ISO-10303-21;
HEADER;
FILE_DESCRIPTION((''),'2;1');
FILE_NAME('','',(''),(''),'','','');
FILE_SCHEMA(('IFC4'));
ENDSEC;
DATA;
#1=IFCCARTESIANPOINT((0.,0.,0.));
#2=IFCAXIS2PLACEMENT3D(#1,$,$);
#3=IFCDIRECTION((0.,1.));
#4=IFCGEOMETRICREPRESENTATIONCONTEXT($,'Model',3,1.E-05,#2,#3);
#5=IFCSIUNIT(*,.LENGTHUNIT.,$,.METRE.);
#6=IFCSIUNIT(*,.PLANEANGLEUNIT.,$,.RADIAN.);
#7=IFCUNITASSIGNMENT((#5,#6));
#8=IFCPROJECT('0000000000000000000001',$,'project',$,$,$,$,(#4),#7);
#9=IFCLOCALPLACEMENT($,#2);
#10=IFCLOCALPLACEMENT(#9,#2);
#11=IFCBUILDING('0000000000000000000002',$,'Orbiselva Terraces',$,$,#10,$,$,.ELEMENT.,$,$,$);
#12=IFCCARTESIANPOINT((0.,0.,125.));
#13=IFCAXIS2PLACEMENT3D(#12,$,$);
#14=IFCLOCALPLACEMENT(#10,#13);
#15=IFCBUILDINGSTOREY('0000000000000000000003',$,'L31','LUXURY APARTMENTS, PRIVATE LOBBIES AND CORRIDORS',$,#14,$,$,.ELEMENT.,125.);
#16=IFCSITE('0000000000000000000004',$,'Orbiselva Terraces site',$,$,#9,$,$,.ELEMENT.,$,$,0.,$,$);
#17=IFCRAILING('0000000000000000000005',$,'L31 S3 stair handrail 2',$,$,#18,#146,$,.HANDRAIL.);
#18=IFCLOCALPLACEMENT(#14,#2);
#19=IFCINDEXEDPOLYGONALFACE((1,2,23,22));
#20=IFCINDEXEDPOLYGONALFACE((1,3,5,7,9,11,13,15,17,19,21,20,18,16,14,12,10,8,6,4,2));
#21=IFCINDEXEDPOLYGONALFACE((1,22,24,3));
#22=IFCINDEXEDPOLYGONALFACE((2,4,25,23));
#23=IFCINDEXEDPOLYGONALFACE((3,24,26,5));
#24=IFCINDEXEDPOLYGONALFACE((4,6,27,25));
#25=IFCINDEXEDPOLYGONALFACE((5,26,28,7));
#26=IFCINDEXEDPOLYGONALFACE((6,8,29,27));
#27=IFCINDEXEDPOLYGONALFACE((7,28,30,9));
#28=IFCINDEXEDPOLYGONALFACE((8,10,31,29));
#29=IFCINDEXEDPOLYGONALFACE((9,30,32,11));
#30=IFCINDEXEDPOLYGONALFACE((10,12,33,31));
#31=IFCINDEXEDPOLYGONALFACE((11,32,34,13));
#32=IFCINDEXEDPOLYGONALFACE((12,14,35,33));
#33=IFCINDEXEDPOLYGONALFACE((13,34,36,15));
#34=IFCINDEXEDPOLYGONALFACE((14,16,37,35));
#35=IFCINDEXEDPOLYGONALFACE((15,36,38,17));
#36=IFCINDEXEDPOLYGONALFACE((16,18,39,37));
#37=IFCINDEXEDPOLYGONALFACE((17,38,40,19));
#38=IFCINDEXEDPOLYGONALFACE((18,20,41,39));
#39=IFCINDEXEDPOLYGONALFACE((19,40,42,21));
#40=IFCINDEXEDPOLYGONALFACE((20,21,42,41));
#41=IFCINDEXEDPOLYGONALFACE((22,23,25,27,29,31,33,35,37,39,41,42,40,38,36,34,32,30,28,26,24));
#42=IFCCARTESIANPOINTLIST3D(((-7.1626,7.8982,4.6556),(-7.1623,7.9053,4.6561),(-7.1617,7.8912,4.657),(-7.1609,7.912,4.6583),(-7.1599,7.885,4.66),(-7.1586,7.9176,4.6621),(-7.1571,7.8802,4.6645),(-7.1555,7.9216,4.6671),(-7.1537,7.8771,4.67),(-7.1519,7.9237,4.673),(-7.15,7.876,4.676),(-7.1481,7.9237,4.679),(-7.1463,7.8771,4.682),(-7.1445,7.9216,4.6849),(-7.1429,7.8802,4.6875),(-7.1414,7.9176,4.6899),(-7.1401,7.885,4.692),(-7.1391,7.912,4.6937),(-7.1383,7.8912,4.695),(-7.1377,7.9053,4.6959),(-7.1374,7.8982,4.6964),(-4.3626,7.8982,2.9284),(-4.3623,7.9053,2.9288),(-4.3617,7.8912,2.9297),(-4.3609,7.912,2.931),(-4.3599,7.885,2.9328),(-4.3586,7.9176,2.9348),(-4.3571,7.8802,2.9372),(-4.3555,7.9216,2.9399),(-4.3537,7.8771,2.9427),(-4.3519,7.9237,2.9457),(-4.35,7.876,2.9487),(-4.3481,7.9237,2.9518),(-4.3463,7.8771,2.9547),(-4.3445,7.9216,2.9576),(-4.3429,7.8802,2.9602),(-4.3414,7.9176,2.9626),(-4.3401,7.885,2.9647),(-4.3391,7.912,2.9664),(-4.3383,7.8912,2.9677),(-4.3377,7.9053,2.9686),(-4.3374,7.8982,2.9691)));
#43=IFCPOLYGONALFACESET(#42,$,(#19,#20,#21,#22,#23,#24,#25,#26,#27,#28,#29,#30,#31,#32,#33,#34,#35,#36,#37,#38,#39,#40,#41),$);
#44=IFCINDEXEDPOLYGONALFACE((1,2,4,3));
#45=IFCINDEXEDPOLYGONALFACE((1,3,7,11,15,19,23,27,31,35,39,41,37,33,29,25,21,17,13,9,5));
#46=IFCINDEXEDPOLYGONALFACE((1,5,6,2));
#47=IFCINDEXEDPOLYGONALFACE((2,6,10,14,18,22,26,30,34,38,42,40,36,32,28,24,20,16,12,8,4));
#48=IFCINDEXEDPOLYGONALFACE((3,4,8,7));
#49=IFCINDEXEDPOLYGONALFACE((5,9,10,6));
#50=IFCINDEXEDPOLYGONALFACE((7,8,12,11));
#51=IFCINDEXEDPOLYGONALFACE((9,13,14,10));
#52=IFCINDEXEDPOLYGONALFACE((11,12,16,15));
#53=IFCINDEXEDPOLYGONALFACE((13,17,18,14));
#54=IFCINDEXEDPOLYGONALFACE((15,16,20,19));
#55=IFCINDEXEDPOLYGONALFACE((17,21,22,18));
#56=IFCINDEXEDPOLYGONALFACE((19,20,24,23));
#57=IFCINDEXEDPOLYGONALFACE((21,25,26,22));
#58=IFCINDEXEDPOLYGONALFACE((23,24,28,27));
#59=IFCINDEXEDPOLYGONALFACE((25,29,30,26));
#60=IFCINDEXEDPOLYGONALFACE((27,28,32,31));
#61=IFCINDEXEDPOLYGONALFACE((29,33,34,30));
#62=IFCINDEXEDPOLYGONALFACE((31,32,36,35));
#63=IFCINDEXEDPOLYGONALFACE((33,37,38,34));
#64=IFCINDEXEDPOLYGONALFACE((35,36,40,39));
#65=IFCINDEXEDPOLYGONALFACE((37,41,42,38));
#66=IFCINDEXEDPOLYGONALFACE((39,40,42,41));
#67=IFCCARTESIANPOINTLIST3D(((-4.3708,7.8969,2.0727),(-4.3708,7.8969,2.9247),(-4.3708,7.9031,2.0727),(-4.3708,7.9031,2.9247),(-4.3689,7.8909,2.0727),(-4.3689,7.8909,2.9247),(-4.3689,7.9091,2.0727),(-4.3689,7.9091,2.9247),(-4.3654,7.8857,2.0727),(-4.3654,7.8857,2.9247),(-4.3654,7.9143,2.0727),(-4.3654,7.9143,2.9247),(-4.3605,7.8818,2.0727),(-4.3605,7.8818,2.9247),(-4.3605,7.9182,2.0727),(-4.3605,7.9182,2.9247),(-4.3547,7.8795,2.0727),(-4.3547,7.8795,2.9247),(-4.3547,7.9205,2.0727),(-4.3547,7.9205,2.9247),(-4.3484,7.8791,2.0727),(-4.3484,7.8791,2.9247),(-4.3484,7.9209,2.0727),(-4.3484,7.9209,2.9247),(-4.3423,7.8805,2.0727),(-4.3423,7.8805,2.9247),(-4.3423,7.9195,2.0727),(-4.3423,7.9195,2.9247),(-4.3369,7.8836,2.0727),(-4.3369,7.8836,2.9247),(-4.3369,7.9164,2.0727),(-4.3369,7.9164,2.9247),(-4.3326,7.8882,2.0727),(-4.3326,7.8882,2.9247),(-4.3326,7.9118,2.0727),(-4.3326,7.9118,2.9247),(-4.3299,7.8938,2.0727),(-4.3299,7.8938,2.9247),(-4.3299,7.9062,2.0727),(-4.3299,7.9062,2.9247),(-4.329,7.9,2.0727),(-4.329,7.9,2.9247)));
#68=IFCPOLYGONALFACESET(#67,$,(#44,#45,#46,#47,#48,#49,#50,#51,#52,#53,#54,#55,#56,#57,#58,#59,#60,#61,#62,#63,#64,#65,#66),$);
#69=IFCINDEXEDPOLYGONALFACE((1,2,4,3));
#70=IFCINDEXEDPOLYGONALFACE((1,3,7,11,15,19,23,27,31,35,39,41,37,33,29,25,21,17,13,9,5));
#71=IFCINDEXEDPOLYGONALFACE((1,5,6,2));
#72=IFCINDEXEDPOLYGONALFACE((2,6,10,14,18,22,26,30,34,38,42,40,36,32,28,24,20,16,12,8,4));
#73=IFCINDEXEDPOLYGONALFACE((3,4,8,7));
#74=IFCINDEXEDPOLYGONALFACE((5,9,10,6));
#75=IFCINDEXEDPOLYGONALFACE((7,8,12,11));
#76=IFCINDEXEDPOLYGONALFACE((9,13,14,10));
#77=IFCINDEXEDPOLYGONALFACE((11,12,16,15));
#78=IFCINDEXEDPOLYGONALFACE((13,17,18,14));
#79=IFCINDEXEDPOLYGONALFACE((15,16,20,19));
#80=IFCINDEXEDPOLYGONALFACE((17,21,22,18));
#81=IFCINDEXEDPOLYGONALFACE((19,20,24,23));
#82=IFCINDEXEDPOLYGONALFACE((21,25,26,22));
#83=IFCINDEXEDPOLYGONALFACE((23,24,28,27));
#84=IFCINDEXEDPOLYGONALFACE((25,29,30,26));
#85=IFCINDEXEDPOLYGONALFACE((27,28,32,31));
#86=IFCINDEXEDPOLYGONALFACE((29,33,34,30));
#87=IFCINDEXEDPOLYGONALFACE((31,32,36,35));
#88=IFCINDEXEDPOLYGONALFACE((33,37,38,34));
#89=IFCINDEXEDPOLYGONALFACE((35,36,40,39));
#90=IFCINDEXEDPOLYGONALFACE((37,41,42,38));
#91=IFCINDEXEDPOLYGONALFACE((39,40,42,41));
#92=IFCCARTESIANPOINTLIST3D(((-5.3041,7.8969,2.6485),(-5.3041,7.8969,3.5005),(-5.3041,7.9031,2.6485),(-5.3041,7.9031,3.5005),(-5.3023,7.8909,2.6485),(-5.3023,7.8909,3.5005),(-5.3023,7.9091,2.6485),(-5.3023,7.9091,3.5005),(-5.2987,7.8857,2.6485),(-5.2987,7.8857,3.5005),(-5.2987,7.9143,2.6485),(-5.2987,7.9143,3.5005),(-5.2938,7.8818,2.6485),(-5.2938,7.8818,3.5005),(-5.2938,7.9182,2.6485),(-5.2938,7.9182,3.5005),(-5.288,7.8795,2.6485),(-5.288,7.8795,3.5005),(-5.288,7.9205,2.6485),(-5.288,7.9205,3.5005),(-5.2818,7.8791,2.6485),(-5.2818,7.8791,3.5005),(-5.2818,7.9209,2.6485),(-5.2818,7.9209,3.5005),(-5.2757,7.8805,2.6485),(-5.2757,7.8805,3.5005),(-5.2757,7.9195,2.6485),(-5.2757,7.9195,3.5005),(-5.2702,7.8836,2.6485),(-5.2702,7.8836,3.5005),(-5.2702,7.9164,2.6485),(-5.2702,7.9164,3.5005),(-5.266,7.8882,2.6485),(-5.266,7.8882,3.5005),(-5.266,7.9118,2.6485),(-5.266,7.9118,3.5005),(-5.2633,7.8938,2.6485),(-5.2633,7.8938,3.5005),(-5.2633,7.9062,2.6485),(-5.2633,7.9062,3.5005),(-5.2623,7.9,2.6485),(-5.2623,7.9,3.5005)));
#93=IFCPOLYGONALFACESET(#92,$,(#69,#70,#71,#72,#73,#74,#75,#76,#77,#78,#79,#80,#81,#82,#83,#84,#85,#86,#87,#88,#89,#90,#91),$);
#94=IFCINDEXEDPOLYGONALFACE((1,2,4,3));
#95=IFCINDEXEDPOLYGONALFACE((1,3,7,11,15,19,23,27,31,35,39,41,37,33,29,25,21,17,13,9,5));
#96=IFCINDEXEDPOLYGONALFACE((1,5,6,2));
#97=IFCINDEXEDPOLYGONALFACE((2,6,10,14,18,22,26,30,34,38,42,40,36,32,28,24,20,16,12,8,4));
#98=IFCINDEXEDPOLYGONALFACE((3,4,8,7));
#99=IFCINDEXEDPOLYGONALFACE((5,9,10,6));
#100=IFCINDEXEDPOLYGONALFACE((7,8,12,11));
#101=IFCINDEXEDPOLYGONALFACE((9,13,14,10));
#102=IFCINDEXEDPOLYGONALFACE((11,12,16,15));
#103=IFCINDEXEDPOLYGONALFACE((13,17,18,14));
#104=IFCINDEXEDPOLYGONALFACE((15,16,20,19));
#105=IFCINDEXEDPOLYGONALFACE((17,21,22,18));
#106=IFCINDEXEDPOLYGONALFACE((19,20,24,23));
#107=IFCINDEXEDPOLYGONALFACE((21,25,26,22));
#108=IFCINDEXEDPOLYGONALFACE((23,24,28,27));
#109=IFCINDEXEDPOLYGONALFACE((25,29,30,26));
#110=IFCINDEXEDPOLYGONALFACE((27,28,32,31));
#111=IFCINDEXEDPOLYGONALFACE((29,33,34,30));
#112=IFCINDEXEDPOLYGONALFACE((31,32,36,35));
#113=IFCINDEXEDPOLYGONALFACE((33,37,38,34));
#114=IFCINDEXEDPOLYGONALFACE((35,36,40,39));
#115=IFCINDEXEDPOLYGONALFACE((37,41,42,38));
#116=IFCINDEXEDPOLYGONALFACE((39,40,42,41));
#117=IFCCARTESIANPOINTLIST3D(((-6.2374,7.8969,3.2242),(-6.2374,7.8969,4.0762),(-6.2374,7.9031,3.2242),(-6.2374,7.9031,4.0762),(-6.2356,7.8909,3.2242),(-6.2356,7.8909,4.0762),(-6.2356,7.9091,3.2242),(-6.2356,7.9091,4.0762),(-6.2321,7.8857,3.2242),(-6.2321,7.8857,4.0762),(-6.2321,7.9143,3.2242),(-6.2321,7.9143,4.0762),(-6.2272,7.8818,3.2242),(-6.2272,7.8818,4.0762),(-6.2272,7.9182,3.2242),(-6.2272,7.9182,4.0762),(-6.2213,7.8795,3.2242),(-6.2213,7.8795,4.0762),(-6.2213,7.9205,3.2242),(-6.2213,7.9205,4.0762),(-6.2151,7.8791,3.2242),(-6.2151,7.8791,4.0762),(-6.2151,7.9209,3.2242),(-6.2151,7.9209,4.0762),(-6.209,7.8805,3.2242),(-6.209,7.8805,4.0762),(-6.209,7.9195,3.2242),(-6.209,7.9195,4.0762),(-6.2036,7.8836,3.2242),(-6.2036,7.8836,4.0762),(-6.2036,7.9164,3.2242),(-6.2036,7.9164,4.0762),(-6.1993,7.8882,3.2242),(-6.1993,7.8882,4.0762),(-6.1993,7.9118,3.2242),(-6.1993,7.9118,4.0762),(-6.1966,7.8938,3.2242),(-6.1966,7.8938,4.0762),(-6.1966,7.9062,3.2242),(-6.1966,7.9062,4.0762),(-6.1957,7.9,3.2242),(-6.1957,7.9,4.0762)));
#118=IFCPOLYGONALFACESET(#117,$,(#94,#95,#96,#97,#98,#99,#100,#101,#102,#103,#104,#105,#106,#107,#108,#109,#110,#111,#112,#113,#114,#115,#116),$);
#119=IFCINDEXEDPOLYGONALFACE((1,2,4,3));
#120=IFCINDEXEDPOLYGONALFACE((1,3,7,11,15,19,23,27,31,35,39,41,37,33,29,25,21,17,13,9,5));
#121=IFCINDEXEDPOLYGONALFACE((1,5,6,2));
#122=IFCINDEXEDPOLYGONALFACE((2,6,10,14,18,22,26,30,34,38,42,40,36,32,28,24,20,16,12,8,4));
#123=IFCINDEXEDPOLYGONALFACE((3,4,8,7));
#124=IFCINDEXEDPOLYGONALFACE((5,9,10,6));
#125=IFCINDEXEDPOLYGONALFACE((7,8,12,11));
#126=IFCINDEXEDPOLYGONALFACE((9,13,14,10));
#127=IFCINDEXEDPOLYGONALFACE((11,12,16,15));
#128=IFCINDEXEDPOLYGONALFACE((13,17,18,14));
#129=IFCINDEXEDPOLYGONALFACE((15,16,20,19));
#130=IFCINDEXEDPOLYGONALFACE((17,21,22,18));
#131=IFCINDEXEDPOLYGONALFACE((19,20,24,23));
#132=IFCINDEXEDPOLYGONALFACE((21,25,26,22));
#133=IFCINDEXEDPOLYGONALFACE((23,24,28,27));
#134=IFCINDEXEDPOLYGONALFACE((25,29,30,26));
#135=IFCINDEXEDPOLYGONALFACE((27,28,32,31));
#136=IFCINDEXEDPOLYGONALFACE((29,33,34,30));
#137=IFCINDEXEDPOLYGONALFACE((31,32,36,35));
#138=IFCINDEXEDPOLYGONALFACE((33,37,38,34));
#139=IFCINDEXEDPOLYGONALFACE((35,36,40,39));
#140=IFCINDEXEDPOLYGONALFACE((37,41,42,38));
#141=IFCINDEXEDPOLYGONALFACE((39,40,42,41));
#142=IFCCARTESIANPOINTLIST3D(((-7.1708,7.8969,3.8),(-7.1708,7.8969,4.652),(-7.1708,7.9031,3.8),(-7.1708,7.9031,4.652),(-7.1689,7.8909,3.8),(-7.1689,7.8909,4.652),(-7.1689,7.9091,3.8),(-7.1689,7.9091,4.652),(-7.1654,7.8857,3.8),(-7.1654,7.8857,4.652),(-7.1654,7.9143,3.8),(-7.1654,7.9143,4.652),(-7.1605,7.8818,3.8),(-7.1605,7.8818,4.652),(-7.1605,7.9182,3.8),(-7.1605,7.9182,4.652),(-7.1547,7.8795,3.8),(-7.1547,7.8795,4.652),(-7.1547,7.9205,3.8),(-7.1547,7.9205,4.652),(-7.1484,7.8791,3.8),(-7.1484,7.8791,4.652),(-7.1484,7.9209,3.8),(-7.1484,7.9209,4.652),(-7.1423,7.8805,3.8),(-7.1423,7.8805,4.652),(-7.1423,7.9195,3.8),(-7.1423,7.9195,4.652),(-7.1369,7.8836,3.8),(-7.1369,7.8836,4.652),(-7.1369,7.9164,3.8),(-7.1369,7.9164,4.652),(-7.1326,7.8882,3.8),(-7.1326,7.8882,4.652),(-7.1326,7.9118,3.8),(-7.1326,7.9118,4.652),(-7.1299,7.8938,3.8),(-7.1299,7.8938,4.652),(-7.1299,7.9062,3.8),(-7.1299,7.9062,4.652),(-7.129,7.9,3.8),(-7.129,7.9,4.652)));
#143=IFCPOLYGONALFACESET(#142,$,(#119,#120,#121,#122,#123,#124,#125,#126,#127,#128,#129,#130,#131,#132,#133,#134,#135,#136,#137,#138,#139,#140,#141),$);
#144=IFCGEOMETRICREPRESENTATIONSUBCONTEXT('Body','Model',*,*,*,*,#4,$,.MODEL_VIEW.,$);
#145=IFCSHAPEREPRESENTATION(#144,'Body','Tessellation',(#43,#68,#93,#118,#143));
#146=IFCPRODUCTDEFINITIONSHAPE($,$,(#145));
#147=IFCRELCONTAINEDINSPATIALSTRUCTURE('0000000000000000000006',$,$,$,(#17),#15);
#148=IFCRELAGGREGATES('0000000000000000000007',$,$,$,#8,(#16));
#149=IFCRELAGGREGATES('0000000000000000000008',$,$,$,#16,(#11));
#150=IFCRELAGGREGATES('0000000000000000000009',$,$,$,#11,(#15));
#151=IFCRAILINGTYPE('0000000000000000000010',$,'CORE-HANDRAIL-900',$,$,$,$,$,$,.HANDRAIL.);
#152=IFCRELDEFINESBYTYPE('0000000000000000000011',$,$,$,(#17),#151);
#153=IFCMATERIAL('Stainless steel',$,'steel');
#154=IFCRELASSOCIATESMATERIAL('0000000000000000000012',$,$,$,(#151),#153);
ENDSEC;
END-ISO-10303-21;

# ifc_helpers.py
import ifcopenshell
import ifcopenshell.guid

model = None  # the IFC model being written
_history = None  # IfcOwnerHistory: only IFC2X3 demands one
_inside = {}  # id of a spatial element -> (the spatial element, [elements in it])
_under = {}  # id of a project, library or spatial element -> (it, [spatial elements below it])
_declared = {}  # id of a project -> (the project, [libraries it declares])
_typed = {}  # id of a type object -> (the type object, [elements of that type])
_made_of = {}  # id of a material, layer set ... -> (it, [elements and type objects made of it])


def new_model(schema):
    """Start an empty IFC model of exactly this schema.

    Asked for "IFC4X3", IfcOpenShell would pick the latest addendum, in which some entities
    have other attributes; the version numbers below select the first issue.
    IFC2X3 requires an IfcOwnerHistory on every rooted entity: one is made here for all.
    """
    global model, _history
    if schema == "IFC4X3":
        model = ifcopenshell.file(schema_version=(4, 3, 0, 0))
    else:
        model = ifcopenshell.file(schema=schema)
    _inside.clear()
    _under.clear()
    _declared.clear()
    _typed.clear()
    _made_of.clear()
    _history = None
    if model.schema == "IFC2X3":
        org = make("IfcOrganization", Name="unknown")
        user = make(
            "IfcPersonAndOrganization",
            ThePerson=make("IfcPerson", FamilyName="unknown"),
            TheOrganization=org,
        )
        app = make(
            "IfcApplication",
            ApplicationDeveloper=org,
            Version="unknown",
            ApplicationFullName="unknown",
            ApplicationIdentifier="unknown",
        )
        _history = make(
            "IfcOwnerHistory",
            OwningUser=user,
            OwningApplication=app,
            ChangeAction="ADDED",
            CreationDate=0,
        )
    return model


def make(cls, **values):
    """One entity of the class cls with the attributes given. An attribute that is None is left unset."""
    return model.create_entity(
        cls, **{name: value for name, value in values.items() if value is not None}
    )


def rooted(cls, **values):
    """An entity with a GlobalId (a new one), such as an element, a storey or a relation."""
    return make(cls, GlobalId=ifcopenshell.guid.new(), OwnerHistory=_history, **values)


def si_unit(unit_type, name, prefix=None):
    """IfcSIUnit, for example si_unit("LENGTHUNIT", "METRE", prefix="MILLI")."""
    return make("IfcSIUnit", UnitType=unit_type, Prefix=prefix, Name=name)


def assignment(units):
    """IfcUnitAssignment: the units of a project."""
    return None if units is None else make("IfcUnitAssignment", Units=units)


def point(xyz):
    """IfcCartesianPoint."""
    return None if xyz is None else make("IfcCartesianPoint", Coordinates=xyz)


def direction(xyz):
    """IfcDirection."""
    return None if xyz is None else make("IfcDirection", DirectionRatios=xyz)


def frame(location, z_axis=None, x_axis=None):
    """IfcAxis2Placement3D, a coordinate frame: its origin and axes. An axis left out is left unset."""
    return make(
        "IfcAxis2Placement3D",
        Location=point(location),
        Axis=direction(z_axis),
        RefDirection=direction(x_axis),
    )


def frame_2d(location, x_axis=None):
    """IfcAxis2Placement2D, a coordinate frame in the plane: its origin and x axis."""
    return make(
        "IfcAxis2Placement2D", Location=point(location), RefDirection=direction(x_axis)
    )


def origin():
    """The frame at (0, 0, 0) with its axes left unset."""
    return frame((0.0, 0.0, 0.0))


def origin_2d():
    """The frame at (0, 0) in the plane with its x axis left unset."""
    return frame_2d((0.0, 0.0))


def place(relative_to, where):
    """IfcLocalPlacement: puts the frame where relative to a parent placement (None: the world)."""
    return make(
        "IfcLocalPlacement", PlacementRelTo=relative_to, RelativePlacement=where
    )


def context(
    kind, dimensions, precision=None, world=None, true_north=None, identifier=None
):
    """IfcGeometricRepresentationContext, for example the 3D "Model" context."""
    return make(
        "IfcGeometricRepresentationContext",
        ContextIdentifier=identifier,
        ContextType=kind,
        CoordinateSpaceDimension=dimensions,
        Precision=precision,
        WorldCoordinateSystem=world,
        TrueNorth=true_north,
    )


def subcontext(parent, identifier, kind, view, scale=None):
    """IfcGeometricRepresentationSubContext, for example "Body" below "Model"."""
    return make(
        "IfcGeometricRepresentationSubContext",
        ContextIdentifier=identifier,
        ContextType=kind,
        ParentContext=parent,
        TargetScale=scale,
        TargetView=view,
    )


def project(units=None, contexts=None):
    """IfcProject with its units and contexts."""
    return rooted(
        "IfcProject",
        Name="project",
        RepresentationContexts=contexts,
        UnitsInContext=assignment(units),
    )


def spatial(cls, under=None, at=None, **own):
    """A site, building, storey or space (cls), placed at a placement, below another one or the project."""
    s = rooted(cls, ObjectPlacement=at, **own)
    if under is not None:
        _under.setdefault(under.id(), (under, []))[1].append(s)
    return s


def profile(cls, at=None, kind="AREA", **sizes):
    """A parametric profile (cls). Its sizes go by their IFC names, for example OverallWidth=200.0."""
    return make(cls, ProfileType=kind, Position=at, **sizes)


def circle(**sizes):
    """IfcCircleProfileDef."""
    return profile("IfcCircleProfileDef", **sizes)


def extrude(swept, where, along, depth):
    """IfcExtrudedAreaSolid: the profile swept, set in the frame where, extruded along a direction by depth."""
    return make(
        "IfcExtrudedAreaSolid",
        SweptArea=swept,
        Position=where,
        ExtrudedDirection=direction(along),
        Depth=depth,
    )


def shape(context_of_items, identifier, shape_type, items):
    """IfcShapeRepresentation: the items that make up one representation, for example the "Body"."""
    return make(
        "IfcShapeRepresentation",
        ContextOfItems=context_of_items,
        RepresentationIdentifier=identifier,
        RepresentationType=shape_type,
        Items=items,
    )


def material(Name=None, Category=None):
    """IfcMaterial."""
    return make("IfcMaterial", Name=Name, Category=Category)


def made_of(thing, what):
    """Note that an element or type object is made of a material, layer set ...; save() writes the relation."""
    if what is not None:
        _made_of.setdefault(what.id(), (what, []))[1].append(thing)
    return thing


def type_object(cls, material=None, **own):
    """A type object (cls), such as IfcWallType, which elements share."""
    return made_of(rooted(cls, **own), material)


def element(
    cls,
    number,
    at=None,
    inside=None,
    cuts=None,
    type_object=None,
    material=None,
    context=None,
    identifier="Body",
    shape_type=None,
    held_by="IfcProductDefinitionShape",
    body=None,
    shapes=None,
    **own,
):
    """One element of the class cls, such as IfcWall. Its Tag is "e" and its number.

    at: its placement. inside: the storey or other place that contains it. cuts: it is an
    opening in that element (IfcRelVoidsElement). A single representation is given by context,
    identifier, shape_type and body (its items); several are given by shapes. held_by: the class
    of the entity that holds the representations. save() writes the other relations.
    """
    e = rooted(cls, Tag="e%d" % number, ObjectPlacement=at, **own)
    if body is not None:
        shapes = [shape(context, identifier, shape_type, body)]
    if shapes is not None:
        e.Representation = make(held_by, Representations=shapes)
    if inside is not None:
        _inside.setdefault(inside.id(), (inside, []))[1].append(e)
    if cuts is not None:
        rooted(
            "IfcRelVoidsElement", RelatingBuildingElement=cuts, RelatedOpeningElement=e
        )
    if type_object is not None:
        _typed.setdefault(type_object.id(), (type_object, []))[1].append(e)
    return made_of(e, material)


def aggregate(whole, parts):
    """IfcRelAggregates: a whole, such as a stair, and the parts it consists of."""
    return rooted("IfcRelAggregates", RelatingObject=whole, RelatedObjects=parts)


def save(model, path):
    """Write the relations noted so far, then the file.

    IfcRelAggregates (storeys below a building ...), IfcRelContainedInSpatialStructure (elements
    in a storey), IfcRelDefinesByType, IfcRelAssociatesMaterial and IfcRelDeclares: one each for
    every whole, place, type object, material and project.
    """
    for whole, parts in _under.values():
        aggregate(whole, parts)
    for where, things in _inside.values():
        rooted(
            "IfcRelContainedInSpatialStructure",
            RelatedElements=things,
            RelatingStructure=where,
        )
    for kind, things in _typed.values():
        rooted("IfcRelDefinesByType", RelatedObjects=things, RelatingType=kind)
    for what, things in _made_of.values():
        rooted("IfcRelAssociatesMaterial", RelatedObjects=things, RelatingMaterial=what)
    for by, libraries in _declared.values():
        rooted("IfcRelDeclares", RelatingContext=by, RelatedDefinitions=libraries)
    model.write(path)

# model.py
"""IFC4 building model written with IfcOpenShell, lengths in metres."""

from ifc_helpers import new_model, si_unit, direction, frame, origin, origin_2d, place, context, subcontext, project, spatial, circle, extrude, material, type_object, element, save


model = new_model("IFC4")

# Units and contexts
model_context = context("Model", 3, precision=1e-05, world=origin(), true_north=direction((0.0, 1.0)))
body_context = subcontext(model_context, "Body", "Model", "MODEL_VIEW")
ifc_project = project(units=[si_unit("LENGTHUNIT", "METRE"), si_unit("PLANEANGLEUNIT", "RADIAN")], contexts=[model_context])

# Site, building, storey
site_placement = place(None, origin())
site = spatial("IfcSite", under=ifc_project, at=site_placement, Name="Orbiselva Terraces site", CompositionType="ELEMENT", RefElevation=0.0)
building_placement = place(site_placement, origin())
building = spatial("IfcBuilding", under=site, at=building_placement, Name="Orbiselva Terraces", CompositionType="ELEMENT")
storey_placement = place(building_placement, frame((0.0, 0.0, 125.0)))
storey = spatial("IfcBuildingStorey", under=building, at=storey_placement, Name="L31", Description="LUXURY APARTMENTS, PRIVATE LOBBIES AND CORRIDORS", CompositionType="ELEMENT", Elevation=125.0)

# Railing
ifc_material_1 = material(Name="Stainless steel", Category="steel")
railing_type_1 = type_object("IfcRailingType", Name="CORE-HANDRAIL-900", PredefinedType="HANDRAIL", material=ifc_material_1)
railing_1_placement = place(storey_placement, frame((-4.35, 7.9, 2.0727)))
element("IfcRailing", 1, at=railing_1_placement, inside=storey, type_object=railing_type_1, Name="L31 S3 stair handrail 2", PredefinedType="HANDRAIL", context=body_context, shape_type="SweptSolid", body=[
    extrude(circle(Radius=0.024, at=origin_2d()), frame((0.0, 0.0, 0.876), z_axis=(-0.851089, 0.0, 0.525022), x_axis=(0.0, -1.0, 0.0)), (0.0, 0.0, 1.0), 3.2899),
    extrude(circle(Radius=0.021, at=origin_2d()), origin(), (0.0, 0.0, 1.0), 0.852),
    extrude(circle(Radius=0.021, at=origin_2d()), frame((-0.9333, 0.0, 0.5758)), (0.0, 0.0, 1.0), 0.852),
    extrude(circle(Radius=0.021, at=origin_2d()), frame((-1.8667, 0.0, 1.1515)), (0.0, 0.0, 1.0), 0.852),
    extrude(circle(Radius=0.021, at=origin_2d()), frame((-2.8, 0.0, 1.7273)), (0.0, 0.0, 1.0), 0.852),
])

save(model, "model.ifc")
